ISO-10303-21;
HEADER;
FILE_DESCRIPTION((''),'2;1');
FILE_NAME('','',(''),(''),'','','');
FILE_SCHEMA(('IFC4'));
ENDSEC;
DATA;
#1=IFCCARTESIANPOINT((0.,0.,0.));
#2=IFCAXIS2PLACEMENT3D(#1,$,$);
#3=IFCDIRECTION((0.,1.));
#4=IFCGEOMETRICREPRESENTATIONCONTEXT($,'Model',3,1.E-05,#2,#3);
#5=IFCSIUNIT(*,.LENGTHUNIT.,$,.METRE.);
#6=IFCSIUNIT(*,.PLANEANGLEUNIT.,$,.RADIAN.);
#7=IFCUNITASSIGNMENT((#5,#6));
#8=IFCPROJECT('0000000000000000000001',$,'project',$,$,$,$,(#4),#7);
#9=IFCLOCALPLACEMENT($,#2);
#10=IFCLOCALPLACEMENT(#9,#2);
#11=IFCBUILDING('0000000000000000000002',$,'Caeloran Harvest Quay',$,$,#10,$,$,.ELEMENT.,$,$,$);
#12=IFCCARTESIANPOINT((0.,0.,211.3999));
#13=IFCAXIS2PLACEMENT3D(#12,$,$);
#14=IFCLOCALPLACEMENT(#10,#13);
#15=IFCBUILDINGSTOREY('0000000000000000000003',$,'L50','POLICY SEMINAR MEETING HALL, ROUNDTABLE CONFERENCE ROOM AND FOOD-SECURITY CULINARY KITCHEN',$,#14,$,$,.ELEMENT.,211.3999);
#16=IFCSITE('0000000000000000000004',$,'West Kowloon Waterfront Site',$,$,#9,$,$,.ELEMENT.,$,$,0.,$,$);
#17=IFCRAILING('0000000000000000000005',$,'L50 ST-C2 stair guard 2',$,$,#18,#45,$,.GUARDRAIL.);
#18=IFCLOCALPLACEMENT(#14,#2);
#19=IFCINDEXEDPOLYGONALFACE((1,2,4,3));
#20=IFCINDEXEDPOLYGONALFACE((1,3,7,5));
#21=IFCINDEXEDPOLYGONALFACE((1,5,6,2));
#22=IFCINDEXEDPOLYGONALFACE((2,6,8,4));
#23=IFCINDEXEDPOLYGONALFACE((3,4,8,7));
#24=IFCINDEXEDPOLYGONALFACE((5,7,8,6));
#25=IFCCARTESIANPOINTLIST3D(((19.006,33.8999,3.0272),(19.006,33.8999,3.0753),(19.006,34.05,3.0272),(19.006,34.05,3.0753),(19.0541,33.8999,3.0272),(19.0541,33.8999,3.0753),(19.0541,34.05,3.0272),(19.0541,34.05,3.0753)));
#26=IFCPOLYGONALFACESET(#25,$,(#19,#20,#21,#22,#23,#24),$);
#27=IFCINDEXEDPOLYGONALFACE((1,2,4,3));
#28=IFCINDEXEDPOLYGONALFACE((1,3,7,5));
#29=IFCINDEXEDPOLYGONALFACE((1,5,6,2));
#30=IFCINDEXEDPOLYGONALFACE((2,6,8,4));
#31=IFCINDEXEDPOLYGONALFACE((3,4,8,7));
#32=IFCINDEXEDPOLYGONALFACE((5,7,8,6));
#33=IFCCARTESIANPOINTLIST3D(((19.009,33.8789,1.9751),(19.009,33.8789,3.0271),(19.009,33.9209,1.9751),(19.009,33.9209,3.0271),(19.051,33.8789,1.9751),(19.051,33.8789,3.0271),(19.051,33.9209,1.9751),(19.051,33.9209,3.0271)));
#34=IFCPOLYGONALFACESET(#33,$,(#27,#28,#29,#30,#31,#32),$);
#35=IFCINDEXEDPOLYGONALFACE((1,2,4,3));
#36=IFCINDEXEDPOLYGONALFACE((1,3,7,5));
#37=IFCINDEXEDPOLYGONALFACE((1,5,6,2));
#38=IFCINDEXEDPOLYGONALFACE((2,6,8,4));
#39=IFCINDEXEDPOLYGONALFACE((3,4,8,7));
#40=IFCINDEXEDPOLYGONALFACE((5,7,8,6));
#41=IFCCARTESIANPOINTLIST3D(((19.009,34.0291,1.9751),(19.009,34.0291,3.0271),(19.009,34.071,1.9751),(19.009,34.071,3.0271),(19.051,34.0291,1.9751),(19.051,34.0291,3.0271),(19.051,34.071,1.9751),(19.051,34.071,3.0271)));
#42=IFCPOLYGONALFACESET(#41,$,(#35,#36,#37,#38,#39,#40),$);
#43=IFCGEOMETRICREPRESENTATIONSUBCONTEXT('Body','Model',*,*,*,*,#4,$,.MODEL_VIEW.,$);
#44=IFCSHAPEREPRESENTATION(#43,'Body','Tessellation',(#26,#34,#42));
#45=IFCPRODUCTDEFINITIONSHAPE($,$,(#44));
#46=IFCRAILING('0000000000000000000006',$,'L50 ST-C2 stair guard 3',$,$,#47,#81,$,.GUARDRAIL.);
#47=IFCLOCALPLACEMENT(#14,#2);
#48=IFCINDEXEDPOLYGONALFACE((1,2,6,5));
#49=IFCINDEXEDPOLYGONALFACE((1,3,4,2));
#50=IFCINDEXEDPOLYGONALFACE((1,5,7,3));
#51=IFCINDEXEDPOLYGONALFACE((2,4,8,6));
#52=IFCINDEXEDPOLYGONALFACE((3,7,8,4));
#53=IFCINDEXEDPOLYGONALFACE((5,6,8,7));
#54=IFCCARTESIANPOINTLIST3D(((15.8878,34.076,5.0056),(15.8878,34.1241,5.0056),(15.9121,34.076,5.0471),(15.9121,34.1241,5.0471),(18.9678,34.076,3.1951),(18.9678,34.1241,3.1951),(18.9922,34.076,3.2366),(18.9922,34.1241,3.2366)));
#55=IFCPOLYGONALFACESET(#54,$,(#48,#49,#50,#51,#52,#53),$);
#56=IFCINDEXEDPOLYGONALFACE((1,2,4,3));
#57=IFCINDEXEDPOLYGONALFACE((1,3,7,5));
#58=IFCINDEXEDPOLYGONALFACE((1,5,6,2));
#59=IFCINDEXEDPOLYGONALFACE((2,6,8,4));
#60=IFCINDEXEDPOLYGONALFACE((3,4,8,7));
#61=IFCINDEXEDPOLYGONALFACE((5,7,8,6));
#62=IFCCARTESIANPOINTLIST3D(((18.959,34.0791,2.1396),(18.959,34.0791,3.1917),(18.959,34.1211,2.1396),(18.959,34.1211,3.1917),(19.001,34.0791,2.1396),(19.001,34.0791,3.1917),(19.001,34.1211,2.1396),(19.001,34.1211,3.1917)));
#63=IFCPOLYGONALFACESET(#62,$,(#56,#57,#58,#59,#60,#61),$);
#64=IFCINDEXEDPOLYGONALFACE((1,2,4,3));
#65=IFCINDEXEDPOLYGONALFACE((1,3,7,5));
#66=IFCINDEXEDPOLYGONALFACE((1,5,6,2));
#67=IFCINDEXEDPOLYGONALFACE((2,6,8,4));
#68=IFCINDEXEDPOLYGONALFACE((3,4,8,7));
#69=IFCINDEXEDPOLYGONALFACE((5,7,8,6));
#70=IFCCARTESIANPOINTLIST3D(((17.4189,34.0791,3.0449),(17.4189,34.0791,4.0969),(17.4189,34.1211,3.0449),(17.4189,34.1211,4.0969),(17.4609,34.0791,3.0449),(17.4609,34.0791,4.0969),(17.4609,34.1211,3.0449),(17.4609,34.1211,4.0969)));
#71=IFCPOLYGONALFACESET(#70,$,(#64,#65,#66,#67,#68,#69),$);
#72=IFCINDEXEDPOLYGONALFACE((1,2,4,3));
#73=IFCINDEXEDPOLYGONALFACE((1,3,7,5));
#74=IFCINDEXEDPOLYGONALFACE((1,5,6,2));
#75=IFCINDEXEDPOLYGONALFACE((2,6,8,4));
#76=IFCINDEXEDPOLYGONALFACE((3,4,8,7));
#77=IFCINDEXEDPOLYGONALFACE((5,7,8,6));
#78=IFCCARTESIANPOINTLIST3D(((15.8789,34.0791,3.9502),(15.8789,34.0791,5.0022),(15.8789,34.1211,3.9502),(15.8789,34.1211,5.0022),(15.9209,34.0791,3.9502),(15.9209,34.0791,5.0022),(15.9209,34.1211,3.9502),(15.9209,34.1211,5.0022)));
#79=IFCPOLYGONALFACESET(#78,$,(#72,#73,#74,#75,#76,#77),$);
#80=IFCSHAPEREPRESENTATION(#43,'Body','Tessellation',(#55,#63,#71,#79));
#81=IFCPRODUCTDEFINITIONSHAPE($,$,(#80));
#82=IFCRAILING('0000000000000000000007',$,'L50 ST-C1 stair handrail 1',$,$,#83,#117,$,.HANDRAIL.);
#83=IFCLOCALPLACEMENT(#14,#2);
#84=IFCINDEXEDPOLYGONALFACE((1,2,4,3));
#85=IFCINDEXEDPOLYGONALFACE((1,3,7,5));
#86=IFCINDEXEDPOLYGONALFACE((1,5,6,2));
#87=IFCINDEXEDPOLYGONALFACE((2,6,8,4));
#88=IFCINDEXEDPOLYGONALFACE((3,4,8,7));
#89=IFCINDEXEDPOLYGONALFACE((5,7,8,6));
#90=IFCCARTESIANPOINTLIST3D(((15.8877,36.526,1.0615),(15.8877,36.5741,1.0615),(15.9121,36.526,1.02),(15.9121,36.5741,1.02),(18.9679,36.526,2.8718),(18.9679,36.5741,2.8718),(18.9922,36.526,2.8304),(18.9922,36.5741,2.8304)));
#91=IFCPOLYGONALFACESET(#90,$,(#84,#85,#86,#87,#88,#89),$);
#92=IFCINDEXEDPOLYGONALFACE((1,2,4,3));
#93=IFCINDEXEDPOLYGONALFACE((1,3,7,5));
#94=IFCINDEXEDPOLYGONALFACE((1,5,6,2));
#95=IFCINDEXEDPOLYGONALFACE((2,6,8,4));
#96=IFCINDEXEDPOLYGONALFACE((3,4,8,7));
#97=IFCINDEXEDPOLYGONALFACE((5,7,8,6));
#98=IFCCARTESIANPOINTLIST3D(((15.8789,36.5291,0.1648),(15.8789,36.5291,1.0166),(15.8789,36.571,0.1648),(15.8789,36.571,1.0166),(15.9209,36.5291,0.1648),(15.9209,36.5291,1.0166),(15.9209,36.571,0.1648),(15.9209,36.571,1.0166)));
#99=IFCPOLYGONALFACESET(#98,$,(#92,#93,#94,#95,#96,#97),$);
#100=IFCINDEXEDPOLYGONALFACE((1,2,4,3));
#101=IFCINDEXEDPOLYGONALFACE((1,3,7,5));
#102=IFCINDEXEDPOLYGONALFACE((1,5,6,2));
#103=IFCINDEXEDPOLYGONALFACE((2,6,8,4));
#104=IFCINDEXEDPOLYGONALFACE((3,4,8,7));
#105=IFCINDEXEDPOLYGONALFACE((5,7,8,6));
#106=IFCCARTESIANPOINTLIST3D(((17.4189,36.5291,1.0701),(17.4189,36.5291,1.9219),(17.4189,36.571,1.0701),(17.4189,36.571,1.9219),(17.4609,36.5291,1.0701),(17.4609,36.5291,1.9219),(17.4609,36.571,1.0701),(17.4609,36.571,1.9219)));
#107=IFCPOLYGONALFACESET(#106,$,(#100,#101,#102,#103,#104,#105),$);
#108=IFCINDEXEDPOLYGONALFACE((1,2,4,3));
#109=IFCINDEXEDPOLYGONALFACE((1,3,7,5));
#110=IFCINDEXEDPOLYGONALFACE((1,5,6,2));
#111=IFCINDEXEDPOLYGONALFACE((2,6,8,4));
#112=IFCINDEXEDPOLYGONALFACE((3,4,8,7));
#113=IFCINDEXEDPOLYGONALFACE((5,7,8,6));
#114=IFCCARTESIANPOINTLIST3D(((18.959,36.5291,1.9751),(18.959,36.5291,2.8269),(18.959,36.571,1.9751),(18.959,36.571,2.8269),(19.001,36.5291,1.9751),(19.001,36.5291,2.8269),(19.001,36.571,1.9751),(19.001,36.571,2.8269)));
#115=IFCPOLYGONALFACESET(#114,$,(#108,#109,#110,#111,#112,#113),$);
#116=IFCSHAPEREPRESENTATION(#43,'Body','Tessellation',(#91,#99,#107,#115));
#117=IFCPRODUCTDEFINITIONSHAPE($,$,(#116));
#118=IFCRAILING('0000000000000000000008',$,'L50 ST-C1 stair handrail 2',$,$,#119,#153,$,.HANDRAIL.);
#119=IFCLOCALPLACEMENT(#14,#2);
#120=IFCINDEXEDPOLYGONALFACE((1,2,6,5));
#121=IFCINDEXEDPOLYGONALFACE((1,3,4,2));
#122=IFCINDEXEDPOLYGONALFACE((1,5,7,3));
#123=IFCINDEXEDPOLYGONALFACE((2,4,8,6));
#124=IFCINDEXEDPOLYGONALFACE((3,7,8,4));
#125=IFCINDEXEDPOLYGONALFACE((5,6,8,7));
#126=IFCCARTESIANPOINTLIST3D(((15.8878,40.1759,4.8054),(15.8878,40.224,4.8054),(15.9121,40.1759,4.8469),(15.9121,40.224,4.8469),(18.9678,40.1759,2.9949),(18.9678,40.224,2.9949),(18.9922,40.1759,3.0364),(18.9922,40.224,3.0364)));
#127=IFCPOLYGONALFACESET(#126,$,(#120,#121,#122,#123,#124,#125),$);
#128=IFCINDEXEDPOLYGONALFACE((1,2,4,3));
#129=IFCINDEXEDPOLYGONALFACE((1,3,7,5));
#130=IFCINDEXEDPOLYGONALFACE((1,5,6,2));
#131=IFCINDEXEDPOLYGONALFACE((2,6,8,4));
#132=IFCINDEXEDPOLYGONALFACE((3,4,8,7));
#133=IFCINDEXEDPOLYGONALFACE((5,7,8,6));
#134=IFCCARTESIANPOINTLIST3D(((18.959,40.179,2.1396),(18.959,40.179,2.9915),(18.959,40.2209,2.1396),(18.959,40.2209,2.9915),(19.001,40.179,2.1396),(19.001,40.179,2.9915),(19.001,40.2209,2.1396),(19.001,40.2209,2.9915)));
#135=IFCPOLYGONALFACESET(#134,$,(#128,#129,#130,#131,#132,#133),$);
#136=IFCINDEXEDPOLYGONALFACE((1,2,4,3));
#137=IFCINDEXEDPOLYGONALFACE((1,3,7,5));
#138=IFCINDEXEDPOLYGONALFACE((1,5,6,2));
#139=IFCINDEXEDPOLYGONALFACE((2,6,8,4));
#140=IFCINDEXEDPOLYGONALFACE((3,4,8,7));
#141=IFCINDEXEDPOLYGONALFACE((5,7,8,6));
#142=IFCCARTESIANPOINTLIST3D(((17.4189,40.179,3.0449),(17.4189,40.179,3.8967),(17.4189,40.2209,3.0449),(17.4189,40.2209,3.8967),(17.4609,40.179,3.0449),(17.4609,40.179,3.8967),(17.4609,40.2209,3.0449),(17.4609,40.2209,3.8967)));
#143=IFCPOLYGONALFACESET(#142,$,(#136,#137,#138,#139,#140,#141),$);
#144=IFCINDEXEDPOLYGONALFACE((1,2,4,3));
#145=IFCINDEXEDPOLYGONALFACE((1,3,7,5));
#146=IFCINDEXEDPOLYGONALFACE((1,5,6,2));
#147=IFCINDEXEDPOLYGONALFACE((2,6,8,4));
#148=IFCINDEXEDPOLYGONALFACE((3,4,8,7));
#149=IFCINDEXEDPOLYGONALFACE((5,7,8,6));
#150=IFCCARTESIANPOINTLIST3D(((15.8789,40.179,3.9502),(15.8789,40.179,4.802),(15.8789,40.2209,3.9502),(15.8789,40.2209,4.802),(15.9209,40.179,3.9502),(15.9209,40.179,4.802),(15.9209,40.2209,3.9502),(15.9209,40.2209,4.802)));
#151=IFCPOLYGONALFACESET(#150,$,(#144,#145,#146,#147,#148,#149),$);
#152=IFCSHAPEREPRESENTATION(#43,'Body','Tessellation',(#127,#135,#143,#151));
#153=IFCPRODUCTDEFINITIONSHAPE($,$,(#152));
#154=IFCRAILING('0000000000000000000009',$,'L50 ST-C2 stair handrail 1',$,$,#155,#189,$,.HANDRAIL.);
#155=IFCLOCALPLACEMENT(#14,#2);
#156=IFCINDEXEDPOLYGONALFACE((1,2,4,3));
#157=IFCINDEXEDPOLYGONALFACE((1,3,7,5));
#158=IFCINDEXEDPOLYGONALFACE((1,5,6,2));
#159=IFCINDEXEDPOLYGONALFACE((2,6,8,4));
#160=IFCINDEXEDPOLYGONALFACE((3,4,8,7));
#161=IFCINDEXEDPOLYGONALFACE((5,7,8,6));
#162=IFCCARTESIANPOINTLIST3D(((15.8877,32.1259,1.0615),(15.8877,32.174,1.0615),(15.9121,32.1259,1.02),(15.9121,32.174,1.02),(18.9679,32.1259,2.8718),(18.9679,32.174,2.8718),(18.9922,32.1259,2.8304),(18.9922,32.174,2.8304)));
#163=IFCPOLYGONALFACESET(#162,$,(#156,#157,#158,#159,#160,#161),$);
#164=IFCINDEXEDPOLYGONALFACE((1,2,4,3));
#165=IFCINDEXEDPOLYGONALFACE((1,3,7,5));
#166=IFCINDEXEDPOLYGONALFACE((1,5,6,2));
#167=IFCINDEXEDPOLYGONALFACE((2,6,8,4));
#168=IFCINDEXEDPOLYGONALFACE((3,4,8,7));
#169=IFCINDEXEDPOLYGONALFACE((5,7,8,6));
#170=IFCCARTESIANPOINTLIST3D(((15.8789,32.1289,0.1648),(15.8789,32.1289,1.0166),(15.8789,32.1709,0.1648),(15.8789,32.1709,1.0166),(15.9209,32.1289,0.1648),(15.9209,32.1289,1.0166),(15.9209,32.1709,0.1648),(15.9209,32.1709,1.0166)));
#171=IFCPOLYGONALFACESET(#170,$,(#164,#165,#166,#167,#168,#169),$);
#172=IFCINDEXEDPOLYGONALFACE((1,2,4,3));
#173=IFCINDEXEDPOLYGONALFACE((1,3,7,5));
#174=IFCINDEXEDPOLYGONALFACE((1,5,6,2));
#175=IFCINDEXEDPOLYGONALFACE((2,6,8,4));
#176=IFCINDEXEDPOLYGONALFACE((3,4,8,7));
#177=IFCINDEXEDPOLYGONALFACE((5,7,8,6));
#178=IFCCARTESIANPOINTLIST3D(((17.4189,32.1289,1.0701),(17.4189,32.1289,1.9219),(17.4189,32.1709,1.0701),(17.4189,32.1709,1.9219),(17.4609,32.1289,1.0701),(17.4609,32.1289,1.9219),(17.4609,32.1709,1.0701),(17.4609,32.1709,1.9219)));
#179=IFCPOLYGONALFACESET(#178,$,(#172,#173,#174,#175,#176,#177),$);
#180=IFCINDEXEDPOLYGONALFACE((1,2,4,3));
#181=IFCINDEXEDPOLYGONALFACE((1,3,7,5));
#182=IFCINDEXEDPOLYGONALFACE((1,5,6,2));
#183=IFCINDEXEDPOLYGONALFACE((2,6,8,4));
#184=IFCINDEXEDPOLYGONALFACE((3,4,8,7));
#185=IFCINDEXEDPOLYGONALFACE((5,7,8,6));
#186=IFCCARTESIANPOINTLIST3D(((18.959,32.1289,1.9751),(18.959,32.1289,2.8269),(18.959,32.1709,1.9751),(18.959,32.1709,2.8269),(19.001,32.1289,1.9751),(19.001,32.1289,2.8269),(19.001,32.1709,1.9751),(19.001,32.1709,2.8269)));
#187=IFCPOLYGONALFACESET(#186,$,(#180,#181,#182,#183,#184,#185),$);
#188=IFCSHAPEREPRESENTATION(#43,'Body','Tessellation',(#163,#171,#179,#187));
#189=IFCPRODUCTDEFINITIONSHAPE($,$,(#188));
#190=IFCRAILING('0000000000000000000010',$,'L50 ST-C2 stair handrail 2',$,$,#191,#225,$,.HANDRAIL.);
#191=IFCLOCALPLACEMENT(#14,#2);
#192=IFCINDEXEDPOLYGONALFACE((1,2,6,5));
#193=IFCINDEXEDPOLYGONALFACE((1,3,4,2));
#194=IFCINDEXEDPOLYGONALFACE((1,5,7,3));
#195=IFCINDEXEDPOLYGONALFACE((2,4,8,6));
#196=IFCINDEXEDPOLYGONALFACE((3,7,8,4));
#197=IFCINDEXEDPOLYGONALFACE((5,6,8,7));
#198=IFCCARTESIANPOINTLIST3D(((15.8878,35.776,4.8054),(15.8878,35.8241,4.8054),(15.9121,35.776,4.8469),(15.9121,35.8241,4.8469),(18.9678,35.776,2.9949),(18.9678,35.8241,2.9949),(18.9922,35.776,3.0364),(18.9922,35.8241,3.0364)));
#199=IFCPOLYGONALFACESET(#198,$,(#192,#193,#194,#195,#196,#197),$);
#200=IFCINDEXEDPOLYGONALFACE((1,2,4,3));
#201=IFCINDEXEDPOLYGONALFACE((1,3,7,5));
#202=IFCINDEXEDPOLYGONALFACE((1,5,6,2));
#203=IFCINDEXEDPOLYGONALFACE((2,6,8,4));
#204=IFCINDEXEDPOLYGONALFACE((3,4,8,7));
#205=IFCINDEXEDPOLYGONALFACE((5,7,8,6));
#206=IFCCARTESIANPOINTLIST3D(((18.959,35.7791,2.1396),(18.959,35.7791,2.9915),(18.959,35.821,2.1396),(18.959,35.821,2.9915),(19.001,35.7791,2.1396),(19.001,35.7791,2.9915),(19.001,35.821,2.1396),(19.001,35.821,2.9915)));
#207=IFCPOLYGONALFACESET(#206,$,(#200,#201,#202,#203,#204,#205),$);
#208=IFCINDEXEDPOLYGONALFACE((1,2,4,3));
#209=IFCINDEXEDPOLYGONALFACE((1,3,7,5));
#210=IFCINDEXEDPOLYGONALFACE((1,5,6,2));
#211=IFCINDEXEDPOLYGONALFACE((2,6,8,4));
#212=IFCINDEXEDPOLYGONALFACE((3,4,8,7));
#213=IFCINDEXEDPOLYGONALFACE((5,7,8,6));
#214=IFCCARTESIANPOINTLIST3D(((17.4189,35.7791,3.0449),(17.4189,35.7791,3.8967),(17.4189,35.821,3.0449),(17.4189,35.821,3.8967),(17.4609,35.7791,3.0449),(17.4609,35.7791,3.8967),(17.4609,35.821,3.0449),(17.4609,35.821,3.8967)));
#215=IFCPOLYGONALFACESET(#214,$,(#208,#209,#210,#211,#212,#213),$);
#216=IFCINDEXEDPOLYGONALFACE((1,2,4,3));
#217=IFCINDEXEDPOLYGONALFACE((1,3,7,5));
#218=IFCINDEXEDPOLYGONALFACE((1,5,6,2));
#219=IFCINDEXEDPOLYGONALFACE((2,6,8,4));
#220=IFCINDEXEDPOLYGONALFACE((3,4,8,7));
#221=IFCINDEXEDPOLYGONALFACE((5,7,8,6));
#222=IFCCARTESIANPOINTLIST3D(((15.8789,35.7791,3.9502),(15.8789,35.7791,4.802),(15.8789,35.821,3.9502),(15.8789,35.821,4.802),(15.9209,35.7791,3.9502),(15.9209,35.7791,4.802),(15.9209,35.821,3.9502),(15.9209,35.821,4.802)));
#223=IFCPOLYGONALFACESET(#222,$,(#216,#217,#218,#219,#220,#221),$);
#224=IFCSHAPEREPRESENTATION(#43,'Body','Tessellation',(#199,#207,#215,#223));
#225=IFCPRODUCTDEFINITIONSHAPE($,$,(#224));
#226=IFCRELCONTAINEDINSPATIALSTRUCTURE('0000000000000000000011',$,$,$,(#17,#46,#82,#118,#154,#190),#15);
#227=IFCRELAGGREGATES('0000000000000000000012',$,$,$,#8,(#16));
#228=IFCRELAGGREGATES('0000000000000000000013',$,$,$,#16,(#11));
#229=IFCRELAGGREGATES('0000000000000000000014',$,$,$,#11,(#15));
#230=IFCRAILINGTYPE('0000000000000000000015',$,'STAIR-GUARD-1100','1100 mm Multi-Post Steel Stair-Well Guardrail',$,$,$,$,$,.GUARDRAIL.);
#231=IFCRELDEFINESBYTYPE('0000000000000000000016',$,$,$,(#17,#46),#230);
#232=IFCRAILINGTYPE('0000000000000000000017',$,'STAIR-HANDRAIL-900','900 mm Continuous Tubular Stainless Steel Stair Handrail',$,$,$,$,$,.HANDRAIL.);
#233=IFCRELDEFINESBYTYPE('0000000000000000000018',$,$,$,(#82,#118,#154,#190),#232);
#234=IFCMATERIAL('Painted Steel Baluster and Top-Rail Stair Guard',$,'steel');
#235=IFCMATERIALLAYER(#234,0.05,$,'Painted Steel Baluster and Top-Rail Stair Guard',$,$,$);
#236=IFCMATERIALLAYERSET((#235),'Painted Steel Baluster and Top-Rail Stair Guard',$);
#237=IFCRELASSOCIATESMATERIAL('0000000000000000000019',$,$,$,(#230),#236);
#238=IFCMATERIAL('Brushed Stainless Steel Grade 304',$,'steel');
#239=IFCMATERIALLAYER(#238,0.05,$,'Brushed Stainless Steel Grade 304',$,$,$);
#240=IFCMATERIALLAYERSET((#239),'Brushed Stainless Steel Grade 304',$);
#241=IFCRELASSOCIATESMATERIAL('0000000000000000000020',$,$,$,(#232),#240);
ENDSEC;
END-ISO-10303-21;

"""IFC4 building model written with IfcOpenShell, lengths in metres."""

from ifc_helpers import new_model, si_unit, direction, frame, origin, origin_2d, place, context, subcontext, project, spatial, rectangle, extrude, material, layer, layer_set, type_object, element, save


model = new_model("IFC4")

# Units and contexts
model_context = context("Model", 3, precision=1e-05, world=origin(), true_north=direction((0.0, 1.0)))
body_context = subcontext(model_context, "Body", "Model", "MODEL_VIEW")
ifc_project = project(units=[si_unit("LENGTHUNIT", "METRE"), si_unit("PLANEANGLEUNIT", "RADIAN")], contexts=[model_context])

# Site, building, storey
site_placement = place(None, origin())
site = spatial("IfcSite", under=ifc_project, at=site_placement, Name="West Kowloon Waterfront Site", CompositionType="ELEMENT", RefElevation=0.0)
building_placement = place(site_placement, origin())
building = spatial("IfcBuilding", under=site, at=building_placement, Name="Caeloran Harvest Quay", CompositionType="ELEMENT")
storey_placement = place(building_placement, frame((0.0, 0.0, 211.3999)))
storey = spatial("IfcBuildingStorey", under=building, at=storey_placement, Name="L50", Description="POLICY SEMINAR MEETING HALL, ROUNDTABLE CONFERENCE ROOM AND FOOD-SECURITY CULINARY KITCHEN", CompositionType="ELEMENT", Elevation=211.3999)

# Railings
ifc_material_1 = material(Name="Painted Steel Baluster and Top-Rail Stair Guard", Category="steel")
ifc_layer_1 = layer(ifc_material_1, 0.05, Name="Painted Steel Baluster and Top-Rail Stair Guard")
ifc_layer_set_1 = layer_set([ifc_layer_1], Name="Painted Steel Baluster and Top-Rail Stair Guard")
railing_type_1 = type_object("IfcRailingType", Name="STAIR-GUARD-1100", Description="1100 mm Multi-Post Steel Stair-Well Guardrail", PredefinedType="GUARDRAIL", material=ifc_layer_set_1)
railing_1_placement = place(storey_placement, frame((19.03, 33.8999, 1.9751)))
element("IfcRailing", 1, at=railing_1_placement, inside=storey, type_object=railing_type_1, Name="L50 ST-C2 stair guard 2", PredefinedType="GUARDRAIL", context=body_context, shape_type="SweptSolid", body=[
    extrude(rectangle(XDim=0.0481, YDim=0.0481, at=origin_2d()), frame((0.0, 0.0, 1.0762), z_axis=(0.0, 1.0, 0.0), x_axis=(-1.0, 0.0, 0.0)), (0.0, 0.0, 1.0), 0.1501),
    extrude(rectangle(XDim=0.042, YDim=0.042, at=origin_2d()), origin(), (0.0, 0.0, 1.0), 1.052),
    extrude(rectangle(XDim=0.042, YDim=0.042, at=origin_2d()), frame((0.0, 0.1501, 0.0)), (0.0, 0.0, 1.0), 1.052),
])
railing_2_placement = place(storey_placement, frame((18.98, 34.1001, 2.1396)))
element("IfcRailing", 2, at=railing_2_placement, inside=storey, type_object=railing_type_1, Name="L50 ST-C2 stair guard 3", PredefinedType="GUARDRAIL", context=body_context, shape_type="SweptSolid", body=[
    extrude(rectangle(XDim=0.0481, YDim=0.0481, at=origin_2d()), frame((0.0, 0.0, 1.0762), z_axis=(-0.862089, 0.0, 0.506757), x_axis=(0.0, -1.0, 0.0)), (0.0, 0.0, 1.0), 3.5728),
    extrude(rectangle(XDim=0.042, YDim=0.042, at=origin_2d()), origin(), (0.0, 0.0, 1.0), 1.052),
    extrude(rectangle(XDim=0.042, YDim=0.042, at=origin_2d()), frame((-1.54, 0.0, 0.9053)), (0.0, 0.0, 1.0), 1.052),
    extrude(rectangle(XDim=0.042, YDim=0.042, at=origin_2d()), frame((-3.0801, 0.0, 1.8105)), (0.0, 0.0, 1.0), 1.052),
])
ifc_material_2 = material(Name="Brushed Stainless Steel Grade 304", Category="steel")
ifc_layer_2 = layer(ifc_material_2, 0.05, Name="Brushed Stainless Steel Grade 304")
ifc_layer_set_2 = layer_set([ifc_layer_2], Name="Brushed Stainless Steel Grade 304")
railing_type_2 = type_object("IfcRailingType", Name="STAIR-HANDRAIL-900", Description="900 mm Continuous Tubular Stainless Steel Stair Handrail", PredefinedType="HANDRAIL", material=ifc_layer_set_2)
railing_3_placement = place(storey_placement, frame((15.8999, 36.55, 0.1648)))
element("IfcRailing", 3, at=railing_3_placement, inside=storey, type_object=railing_type_2, Name="L50 ST-C1 stair handrail 1", PredefinedType="HANDRAIL", context=body_context, shape_type="SweptSolid", body=[
    extrude(rectangle(XDim=0.0481, YDim=0.0481, at=origin_2d()), frame((0.0, 0.0, 0.876), z_axis=(0.862119, 0.0, 0.506707), x_axis=(0.0, 1.0, 0.0)), (0.0, 0.0, 1.0), 3.5728),
    extrude(rectangle(XDim=0.042, YDim=0.042, at=origin_2d()), origin(), (0.0, 0.0, 1.0), 0.8518),
    extrude(rectangle(XDim=0.042, YDim=0.042, at=origin_2d()), frame((1.54, 0.0, 0.9053)), (0.0, 0.0, 1.0), 0.8518),
    extrude(rectangle(XDim=0.042, YDim=0.042, at=origin_2d()), frame((3.0801, 0.0, 1.8103)), (0.0, 0.0, 1.0), 0.8518),
])
railing_4_placement = place(storey_placement, frame((18.98, 40.2, 2.1396)))
element("IfcRailing", 4, at=railing_4_placement, inside=storey, type_object=railing_type_2, Name="L50 ST-C1 stair handrail 2", PredefinedType="HANDRAIL", context=body_context, shape_type="SweptSolid", body=[
    extrude(rectangle(XDim=0.0481, YDim=0.0481, at=origin_2d()), frame((0.0, 0.0, 0.876), z_axis=(-0.862089, 0.0, 0.506757), x_axis=(0.0, -1.0, 0.0)), (0.0, 0.0, 1.0), 3.5728),
    extrude(rectangle(XDim=0.042, YDim=0.042, at=origin_2d()), origin(), (0.0, 0.0, 1.0), 0.8518),
    extrude(rectangle(XDim=0.042, YDim=0.042, at=origin_2d()), frame((-1.54, 0.0, 0.9053)), (0.0, 0.0, 1.0), 0.8518),
    extrude(rectangle(XDim=0.042, YDim=0.042, at=origin_2d()), frame((-3.0801, 0.0, 1.8105)), (0.0, 0.0, 1.0), 0.8518),
])
railing_5_placement = place(storey_placement, frame((15.8999, 32.1499, 0.1648)))
element("IfcRailing", 5, at=railing_5_placement, inside=storey, type_object=railing_type_2, Name="L50 ST-C2 stair handrail 1", PredefinedType="HANDRAIL", context=body_context, shape_type="SweptSolid", body=[
    extrude(rectangle(XDim=0.0481, YDim=0.0481, at=origin_2d()), frame((0.0, 0.0, 0.876), z_axis=(0.862119, 0.0, 0.506707), x_axis=(0.0, 1.0, 0.0)), (0.0, 0.0, 1.0), 3.5728),
    extrude(rectangle(XDim=0.042, YDim=0.042, at=origin_2d()), origin(), (0.0, 0.0, 1.0), 0.8518),
    extrude(rectangle(XDim=0.042, YDim=0.042, at=origin_2d()), frame((1.54, 0.0, 0.9053)), (0.0, 0.0, 1.0), 0.8518),
    extrude(rectangle(XDim=0.042, YDim=0.042, at=origin_2d()), frame((3.0801, 0.0, 1.8103)), (0.0, 0.0, 1.0), 0.8518),
])
railing_6_placement = place(storey_placement, frame((18.98, 35.8, 2.1396)))
element("IfcRailing", 6, at=railing_6_placement, inside=storey, type_object=railing_type_2, Name="L50 ST-C2 stair handrail 2", PredefinedType="HANDRAIL", context=body_context, shape_type="SweptSolid", body=[
    extrude(rectangle(XDim=0.0481, YDim=0.0481, at=origin_2d()), frame((0.0, 0.0, 0.876), z_axis=(-0.862089, 0.0, 0.506757), x_axis=(0.0, -1.0, 0.0)), (0.0, 0.0, 1.0), 3.5728),
    extrude(rectangle(XDim=0.042, YDim=0.042, at=origin_2d()), origin(), (0.0, 0.0, 1.0), 0.8518),
    extrude(rectangle(XDim=0.042, YDim=0.042, at=origin_2d()), frame((-1.54, 0.0, 0.9053)), (0.0, 0.0, 1.0), 0.8518),
    extrude(rectangle(XDim=0.042, YDim=0.042, at=origin_2d()), frame((-3.0801, 0.0, 1.8105)), (0.0, 0.0, 1.0), 0.8518),
])

save(model, "model.ifc")
